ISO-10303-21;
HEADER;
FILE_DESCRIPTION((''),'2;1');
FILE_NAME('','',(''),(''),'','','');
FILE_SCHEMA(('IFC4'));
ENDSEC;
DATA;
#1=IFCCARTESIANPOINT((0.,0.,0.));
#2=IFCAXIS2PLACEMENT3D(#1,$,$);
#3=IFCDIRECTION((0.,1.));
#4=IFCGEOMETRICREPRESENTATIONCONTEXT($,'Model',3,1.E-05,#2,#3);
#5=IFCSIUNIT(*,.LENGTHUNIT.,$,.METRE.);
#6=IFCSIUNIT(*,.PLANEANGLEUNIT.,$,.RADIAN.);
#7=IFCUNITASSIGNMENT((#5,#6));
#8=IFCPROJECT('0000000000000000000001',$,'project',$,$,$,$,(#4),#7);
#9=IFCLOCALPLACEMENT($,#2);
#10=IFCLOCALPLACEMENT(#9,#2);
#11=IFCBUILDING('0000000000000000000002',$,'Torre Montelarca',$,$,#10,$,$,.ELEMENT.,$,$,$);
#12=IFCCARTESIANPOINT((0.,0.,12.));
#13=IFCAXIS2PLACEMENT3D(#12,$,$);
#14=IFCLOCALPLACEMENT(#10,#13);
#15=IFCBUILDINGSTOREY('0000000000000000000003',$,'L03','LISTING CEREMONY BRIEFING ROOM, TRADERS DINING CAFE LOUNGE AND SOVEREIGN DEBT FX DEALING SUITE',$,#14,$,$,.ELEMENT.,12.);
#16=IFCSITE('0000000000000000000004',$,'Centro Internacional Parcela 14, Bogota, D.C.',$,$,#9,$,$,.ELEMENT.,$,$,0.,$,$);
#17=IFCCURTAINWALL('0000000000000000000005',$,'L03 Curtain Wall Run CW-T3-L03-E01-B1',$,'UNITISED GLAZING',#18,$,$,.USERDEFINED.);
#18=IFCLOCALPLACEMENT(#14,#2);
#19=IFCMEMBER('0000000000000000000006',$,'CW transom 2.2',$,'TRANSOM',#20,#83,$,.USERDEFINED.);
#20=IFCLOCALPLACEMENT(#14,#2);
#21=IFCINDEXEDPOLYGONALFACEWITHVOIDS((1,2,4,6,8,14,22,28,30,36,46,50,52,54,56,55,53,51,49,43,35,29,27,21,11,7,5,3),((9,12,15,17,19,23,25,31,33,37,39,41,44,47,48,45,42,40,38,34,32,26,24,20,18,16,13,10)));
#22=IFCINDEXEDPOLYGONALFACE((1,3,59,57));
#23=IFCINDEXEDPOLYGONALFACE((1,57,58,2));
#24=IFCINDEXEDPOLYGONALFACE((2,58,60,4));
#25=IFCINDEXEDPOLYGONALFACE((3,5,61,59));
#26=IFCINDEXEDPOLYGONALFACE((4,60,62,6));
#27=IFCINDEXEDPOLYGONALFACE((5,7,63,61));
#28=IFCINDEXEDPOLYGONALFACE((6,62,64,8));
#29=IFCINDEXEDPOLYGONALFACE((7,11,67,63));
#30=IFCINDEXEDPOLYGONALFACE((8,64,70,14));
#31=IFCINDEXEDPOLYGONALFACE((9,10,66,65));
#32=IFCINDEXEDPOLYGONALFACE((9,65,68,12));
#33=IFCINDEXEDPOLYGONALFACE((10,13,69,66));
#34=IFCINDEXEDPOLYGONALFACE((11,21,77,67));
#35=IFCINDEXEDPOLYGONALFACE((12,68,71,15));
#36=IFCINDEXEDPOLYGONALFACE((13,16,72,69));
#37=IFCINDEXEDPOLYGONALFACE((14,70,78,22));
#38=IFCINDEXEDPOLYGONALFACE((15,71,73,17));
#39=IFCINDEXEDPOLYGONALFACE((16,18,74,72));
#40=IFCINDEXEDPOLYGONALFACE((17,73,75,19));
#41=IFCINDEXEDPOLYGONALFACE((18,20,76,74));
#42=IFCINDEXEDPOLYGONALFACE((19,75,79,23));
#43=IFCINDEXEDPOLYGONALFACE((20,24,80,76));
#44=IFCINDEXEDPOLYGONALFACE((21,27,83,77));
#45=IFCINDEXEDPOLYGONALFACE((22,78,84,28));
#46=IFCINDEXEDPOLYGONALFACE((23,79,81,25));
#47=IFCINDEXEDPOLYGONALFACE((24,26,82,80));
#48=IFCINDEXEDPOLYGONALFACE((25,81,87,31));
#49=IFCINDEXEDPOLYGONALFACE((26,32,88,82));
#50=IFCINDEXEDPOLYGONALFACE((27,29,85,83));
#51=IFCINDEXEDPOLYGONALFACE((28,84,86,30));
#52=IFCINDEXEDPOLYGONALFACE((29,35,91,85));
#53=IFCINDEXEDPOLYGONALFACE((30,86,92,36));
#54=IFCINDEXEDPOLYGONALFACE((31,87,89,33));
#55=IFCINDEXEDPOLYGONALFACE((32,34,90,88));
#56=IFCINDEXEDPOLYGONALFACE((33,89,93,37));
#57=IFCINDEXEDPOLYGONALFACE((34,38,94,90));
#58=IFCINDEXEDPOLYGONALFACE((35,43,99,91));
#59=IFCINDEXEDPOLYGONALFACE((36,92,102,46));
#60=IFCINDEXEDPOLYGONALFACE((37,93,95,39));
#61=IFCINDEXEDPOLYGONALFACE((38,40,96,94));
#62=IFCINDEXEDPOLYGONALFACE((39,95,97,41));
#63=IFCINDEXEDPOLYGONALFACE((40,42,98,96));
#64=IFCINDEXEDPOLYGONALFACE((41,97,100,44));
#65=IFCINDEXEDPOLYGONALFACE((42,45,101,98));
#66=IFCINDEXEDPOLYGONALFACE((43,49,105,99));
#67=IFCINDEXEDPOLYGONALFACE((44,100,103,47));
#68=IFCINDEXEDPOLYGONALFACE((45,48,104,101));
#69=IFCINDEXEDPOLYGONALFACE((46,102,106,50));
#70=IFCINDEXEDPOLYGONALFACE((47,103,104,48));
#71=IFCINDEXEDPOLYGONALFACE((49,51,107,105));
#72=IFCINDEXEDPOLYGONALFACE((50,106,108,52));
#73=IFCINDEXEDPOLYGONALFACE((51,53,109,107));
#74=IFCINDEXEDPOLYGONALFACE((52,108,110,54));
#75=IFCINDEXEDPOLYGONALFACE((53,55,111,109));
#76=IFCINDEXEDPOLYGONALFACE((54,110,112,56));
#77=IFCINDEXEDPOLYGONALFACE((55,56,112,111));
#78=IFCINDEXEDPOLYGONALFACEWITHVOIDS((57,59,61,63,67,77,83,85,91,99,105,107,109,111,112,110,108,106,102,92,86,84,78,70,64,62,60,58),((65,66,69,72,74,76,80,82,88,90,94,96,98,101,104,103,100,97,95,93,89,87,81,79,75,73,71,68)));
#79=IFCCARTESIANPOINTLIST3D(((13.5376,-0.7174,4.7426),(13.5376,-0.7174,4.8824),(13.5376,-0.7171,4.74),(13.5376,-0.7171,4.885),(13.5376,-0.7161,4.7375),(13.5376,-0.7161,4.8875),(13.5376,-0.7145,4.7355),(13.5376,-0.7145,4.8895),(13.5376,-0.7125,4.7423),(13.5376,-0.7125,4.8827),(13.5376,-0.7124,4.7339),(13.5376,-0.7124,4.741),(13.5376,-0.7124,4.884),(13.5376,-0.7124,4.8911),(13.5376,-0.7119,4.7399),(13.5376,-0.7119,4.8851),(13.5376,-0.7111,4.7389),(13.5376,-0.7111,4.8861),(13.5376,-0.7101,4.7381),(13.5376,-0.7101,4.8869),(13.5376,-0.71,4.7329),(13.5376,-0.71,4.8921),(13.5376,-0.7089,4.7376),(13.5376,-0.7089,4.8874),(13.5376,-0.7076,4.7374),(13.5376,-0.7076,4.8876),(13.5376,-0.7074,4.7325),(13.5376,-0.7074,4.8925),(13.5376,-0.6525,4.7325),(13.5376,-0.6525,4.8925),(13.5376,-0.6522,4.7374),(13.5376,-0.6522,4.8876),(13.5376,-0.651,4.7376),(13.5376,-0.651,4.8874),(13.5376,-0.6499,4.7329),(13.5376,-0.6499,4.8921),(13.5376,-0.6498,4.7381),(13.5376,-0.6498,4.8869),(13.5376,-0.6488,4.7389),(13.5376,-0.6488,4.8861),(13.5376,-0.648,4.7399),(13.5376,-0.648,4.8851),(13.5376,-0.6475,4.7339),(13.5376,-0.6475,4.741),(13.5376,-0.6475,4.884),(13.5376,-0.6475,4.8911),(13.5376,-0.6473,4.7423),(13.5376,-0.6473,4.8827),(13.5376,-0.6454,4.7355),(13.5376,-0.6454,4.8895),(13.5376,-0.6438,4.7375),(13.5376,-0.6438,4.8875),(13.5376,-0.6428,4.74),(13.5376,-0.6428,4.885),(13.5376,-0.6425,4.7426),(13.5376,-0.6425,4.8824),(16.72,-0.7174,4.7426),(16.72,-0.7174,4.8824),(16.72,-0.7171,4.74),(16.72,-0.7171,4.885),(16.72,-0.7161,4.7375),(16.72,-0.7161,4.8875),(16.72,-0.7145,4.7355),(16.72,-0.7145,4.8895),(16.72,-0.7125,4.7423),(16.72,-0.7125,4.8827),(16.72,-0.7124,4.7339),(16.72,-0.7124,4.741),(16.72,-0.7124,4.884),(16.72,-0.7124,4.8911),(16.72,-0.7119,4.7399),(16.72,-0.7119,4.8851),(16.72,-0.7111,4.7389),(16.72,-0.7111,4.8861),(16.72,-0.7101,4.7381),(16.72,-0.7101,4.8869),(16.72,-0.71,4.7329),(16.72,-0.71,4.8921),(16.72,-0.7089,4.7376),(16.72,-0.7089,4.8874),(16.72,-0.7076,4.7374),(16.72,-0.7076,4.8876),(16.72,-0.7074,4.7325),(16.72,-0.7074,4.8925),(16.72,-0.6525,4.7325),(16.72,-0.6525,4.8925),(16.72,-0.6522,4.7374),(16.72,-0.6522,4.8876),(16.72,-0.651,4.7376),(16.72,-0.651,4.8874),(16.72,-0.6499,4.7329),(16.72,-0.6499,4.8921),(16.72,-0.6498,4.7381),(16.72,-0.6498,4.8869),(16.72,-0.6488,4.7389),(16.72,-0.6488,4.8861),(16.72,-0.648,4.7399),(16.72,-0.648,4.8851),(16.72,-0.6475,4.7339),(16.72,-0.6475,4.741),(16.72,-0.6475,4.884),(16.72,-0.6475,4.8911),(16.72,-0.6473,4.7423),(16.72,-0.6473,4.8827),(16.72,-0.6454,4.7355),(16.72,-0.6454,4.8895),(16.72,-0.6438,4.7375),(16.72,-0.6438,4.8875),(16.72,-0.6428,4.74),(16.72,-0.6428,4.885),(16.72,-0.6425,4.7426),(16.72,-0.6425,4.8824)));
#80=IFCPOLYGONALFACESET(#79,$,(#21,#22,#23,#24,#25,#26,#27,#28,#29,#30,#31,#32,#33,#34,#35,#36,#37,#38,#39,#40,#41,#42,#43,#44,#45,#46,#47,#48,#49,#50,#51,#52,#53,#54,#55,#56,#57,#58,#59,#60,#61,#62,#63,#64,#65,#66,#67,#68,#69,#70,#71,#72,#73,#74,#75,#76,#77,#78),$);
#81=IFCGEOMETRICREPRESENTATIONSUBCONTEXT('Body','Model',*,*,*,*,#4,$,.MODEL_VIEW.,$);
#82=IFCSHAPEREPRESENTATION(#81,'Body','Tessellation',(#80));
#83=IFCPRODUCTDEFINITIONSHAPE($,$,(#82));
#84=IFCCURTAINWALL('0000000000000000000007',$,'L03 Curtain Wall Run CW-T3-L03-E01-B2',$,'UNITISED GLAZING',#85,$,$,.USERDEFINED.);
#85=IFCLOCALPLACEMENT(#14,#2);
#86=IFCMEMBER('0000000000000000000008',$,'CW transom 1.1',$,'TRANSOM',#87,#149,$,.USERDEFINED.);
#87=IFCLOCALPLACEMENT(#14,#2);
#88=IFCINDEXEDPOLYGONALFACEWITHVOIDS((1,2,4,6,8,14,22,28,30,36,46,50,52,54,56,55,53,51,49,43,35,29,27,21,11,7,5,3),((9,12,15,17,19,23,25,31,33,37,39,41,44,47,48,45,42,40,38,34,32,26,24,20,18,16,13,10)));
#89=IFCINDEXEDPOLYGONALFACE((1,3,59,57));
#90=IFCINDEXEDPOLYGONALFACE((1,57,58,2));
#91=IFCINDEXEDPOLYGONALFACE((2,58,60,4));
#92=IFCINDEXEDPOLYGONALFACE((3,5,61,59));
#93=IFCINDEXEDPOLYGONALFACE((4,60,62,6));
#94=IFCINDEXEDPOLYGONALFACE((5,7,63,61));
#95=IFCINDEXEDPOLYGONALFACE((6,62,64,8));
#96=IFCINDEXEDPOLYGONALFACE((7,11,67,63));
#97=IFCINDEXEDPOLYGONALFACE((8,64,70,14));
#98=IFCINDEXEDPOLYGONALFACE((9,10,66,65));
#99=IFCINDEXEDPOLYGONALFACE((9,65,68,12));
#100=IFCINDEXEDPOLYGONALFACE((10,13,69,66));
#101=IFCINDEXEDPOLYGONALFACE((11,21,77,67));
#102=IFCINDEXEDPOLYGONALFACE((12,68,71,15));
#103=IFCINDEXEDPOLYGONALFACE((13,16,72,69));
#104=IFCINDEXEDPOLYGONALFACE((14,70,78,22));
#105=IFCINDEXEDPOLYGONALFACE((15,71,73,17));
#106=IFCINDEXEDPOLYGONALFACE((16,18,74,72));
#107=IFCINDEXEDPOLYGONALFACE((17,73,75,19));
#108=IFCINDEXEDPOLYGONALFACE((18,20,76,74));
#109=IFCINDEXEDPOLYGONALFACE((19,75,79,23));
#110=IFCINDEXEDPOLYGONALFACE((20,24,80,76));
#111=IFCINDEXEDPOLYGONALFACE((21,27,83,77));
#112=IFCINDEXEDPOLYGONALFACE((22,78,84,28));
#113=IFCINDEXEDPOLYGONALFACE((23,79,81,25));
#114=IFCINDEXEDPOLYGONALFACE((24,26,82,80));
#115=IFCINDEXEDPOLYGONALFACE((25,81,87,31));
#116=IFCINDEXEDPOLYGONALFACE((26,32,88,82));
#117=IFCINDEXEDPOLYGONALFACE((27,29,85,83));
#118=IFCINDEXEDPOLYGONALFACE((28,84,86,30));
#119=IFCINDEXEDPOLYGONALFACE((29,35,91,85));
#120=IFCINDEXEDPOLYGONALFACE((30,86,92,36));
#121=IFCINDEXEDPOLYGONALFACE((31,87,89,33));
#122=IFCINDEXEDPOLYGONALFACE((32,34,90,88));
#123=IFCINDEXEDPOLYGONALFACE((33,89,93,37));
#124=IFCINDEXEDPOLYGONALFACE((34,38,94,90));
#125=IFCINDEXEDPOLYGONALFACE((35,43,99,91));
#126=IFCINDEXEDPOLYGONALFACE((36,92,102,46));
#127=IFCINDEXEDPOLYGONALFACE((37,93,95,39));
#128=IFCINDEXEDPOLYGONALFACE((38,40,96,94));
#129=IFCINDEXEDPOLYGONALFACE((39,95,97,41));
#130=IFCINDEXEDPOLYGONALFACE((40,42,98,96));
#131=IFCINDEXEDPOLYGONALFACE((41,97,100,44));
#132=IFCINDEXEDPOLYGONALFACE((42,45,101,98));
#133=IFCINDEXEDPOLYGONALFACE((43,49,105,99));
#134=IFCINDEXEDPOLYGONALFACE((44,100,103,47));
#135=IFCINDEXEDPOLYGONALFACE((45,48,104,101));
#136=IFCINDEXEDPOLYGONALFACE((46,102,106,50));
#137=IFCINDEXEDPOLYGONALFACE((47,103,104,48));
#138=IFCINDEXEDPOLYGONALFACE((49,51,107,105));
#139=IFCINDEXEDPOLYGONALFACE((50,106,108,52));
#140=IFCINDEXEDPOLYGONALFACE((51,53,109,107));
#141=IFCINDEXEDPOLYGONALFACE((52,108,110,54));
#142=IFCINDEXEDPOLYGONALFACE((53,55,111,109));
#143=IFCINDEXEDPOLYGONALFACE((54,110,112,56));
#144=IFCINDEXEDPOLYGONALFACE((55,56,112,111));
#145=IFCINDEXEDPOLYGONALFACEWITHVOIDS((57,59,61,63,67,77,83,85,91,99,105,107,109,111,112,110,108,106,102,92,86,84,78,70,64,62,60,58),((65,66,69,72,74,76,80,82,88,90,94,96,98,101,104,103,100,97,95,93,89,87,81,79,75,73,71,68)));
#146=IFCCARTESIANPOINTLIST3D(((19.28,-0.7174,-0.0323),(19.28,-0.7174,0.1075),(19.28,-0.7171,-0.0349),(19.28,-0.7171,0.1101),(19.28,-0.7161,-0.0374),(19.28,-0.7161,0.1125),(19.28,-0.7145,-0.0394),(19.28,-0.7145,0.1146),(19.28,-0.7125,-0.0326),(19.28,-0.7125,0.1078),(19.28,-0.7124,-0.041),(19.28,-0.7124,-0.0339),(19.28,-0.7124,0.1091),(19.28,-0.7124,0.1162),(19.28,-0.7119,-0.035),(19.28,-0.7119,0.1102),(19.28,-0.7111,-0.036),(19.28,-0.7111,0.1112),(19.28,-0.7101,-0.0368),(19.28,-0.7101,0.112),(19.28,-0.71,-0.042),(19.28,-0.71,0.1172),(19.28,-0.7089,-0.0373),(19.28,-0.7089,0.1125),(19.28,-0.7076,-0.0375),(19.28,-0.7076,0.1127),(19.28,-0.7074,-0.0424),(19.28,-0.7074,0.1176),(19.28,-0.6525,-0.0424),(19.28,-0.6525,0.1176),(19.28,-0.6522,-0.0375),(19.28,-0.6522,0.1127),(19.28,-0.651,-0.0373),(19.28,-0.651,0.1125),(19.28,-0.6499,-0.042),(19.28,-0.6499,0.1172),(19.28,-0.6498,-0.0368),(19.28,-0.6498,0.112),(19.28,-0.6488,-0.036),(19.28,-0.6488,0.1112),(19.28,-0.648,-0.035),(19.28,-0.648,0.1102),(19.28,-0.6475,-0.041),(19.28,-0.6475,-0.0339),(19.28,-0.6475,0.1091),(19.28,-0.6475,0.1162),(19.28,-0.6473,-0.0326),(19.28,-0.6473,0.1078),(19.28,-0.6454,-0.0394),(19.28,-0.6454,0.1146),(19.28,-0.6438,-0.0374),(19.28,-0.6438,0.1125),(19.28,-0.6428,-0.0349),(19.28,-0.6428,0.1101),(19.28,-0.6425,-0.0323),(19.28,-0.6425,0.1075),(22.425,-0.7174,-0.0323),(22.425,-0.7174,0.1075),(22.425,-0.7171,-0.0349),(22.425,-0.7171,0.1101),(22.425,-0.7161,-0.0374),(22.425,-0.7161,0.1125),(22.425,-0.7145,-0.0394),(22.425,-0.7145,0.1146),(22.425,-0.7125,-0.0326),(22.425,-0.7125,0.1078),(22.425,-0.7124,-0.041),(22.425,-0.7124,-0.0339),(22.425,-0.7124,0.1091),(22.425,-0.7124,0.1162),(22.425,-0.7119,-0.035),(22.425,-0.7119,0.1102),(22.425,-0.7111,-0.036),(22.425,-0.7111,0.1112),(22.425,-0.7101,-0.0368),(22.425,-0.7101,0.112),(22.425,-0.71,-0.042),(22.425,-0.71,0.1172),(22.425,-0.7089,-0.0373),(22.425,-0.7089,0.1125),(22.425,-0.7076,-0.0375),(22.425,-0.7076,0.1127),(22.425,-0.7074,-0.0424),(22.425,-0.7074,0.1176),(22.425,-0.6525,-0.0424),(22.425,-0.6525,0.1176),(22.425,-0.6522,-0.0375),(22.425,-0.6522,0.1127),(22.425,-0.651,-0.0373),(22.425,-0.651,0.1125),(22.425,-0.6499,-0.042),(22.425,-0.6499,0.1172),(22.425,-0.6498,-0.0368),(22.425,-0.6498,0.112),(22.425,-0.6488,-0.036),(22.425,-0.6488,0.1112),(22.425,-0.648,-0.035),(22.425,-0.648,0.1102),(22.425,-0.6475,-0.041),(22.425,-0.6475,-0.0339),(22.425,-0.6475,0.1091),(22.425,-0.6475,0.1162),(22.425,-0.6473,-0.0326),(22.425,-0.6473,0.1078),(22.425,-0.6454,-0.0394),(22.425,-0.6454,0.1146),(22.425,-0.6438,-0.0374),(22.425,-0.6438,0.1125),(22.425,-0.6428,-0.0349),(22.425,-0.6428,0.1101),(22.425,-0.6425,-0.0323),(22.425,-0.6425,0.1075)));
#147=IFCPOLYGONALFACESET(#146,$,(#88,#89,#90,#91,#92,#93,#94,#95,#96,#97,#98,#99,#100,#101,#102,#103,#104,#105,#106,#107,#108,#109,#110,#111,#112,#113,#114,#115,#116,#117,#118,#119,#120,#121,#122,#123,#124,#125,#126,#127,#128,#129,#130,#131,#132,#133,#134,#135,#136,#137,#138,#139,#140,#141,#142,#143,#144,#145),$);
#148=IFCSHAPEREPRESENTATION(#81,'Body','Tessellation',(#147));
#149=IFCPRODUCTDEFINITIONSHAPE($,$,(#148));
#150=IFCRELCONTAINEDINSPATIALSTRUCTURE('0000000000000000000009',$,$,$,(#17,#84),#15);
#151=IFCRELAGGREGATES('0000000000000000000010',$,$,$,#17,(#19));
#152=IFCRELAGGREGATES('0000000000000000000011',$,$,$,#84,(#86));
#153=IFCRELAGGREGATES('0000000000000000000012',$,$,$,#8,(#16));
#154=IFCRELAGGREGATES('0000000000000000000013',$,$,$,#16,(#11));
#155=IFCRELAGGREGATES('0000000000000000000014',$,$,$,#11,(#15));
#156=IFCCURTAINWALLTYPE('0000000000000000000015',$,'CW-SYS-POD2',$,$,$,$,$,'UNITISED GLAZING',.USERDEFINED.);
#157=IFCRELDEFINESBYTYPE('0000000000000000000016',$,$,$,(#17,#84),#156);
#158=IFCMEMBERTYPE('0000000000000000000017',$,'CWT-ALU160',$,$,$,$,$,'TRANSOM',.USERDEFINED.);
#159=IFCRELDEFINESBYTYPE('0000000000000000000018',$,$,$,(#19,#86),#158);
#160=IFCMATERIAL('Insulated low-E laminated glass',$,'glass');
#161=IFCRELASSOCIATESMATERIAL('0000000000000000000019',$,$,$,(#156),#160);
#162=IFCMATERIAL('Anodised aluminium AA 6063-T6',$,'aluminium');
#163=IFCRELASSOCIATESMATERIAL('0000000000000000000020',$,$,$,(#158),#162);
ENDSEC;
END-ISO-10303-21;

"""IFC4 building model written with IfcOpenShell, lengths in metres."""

from ifc_helpers import new_model, si_unit, direction, frame, origin, origin_2d, place, context, subcontext, project, spatial, hollow_rectangle, extrude, source, transform, mapped, material, material_profile, profile_set, type_object, element, aggregate, save


model = new_model("IFC4")

# Units and contexts
model_context = context("Model", 3, precision=1e-05, world=origin(), true_north=direction((0.0, 1.0)))
body_context = subcontext(model_context, "Body", "Model", "MODEL_VIEW")
ifc_project = project(units=[si_unit("LENGTHUNIT", "METRE"), si_unit("PLANEANGLEUNIT", "RADIAN")], contexts=[model_context])

# Site, building, storey
site_placement = place(None, origin())
site = spatial("IfcSite", under=ifc_project, at=site_placement, Name="Centro Internacional Parcela 14, Bogota, D.C.", CompositionType="ELEMENT", RefElevation=0.0)
building_placement = place(site_placement, origin())
building = spatial("IfcBuilding", under=site, at=building_placement, Name="Torre Montelarca", CompositionType="ELEMENT")
storey_placement = place(building_placement, frame((0.0, 0.0, 12.0)))
storey = spatial("IfcBuildingStorey", under=building, at=storey_placement, Name="L03", Description="LISTING CEREMONY BRIEFING ROOM, TRADERS DINING CAFE LOUNGE AND SOVEREIGN DEBT FX DEALING SUITE", CompositionType="ELEMENT", Elevation=12.0)

# Curtain walls, members
ifc_material_1 = material(Name="Insulated low-E laminated glass", Category="glass")
curtain_wall_type = type_object("IfcCurtainWallType", Name="CW-SYS-POD2", ElementType="UNITISED GLAZING", PredefinedType="USERDEFINED", material=ifc_material_1)
curtain_wall_1_placement = place(storey_placement, origin())
curtain_wall_1 = element("IfcCurtainWall", 1, at=curtain_wall_1_placement, inside=storey, type_object=curtain_wall_type, Name="L03 Curtain Wall Run CW-T3-L03-E01-B1", ObjectType="UNITISED GLAZING", PredefinedType="USERDEFINED")
ifc_material_2 = material(Name="Anodised aluminium AA 6063-T6", Category="aluminium")
ifc_material_profile_1 = material_profile(ifc_material_2, hollow_rectangle(XDim=0.075, YDim=0.1599, WallThickness=0.0049, InnerFilletRadius=0.0049, OuterFilletRadius=0.01, at=origin_2d()), Name="ALU75X160X5", Category="aluminium")
ifc_profile_set_1 = profile_set([ifc_material_profile_1], Name="Anodised aluminium AA 6063-T6")
member_type_1 = type_object("IfcMemberType", Name="CWT-ALU160", ElementType="TRANSOM", PredefinedType="USERDEFINED", material=ifc_profile_set_1)
shared_shape_1 = source(origin(), body_context, "Body", "SweptSolid", [
    extrude(hollow_rectangle(XDim=0.075, YDim=0.1599, WallThickness=0.0049, InnerFilletRadius=0.0049, OuterFilletRadius=0.01, at=origin_2d()), origin(), (0.0, 0.0, 1.0), 3.1824),
])
member_1_placement = place(storey_placement, frame((13.5376, -0.6799, 4.8125), z_axis=(1.0, 0.0, 0.0), x_axis=(0.0, 1.0, 0.0)))
member_1 = element("IfcMember", 2, at=member_1_placement, type_object=member_type_1, Name="CW transom 2.2", ObjectType="TRANSOM", PredefinedType="USERDEFINED", context=body_context, shape_type="MappedRepresentation", body=[
    mapped(shared_shape_1, transform((0.0, 0.0, 0.0), scale=1.0)),
])
curtain_wall_2_placement = place(storey_placement, origin())
curtain_wall_2 = element("IfcCurtainWall", 3, at=curtain_wall_2_placement, inside=storey, type_object=curtain_wall_type, Name="L03 Curtain Wall Run CW-T3-L03-E01-B2", ObjectType="UNITISED GLAZING", PredefinedType="USERDEFINED")
shared_shape_2 = source(origin(), body_context, "Body", "SweptSolid", [
    extrude(hollow_rectangle(XDim=0.075, YDim=0.1599, WallThickness=0.0049, InnerFilletRadius=0.0049, OuterFilletRadius=0.01, at=origin_2d()), origin(), (0.0, 0.0, 1.0), 3.145),
])
member_2_placement = place(storey_placement, frame((19.28, -0.6799, 0.0376), z_axis=(1.0, 0.0, 0.0), x_axis=(0.0, 1.0, 0.0)))
member_2 = element("IfcMember", 4, at=member_2_placement, type_object=member_type_1, Name="CW transom 1.1", ObjectType="TRANSOM", PredefinedType="USERDEFINED", context=body_context, shape_type="MappedRepresentation", body=[
    mapped(shared_shape_2, transform((0.0, 0.0, 0.0), scale=1.0)),
])

aggregate(curtain_wall_1, [member_1])
aggregate(curtain_wall_2, [member_2])

save(model, "model.ifc")
